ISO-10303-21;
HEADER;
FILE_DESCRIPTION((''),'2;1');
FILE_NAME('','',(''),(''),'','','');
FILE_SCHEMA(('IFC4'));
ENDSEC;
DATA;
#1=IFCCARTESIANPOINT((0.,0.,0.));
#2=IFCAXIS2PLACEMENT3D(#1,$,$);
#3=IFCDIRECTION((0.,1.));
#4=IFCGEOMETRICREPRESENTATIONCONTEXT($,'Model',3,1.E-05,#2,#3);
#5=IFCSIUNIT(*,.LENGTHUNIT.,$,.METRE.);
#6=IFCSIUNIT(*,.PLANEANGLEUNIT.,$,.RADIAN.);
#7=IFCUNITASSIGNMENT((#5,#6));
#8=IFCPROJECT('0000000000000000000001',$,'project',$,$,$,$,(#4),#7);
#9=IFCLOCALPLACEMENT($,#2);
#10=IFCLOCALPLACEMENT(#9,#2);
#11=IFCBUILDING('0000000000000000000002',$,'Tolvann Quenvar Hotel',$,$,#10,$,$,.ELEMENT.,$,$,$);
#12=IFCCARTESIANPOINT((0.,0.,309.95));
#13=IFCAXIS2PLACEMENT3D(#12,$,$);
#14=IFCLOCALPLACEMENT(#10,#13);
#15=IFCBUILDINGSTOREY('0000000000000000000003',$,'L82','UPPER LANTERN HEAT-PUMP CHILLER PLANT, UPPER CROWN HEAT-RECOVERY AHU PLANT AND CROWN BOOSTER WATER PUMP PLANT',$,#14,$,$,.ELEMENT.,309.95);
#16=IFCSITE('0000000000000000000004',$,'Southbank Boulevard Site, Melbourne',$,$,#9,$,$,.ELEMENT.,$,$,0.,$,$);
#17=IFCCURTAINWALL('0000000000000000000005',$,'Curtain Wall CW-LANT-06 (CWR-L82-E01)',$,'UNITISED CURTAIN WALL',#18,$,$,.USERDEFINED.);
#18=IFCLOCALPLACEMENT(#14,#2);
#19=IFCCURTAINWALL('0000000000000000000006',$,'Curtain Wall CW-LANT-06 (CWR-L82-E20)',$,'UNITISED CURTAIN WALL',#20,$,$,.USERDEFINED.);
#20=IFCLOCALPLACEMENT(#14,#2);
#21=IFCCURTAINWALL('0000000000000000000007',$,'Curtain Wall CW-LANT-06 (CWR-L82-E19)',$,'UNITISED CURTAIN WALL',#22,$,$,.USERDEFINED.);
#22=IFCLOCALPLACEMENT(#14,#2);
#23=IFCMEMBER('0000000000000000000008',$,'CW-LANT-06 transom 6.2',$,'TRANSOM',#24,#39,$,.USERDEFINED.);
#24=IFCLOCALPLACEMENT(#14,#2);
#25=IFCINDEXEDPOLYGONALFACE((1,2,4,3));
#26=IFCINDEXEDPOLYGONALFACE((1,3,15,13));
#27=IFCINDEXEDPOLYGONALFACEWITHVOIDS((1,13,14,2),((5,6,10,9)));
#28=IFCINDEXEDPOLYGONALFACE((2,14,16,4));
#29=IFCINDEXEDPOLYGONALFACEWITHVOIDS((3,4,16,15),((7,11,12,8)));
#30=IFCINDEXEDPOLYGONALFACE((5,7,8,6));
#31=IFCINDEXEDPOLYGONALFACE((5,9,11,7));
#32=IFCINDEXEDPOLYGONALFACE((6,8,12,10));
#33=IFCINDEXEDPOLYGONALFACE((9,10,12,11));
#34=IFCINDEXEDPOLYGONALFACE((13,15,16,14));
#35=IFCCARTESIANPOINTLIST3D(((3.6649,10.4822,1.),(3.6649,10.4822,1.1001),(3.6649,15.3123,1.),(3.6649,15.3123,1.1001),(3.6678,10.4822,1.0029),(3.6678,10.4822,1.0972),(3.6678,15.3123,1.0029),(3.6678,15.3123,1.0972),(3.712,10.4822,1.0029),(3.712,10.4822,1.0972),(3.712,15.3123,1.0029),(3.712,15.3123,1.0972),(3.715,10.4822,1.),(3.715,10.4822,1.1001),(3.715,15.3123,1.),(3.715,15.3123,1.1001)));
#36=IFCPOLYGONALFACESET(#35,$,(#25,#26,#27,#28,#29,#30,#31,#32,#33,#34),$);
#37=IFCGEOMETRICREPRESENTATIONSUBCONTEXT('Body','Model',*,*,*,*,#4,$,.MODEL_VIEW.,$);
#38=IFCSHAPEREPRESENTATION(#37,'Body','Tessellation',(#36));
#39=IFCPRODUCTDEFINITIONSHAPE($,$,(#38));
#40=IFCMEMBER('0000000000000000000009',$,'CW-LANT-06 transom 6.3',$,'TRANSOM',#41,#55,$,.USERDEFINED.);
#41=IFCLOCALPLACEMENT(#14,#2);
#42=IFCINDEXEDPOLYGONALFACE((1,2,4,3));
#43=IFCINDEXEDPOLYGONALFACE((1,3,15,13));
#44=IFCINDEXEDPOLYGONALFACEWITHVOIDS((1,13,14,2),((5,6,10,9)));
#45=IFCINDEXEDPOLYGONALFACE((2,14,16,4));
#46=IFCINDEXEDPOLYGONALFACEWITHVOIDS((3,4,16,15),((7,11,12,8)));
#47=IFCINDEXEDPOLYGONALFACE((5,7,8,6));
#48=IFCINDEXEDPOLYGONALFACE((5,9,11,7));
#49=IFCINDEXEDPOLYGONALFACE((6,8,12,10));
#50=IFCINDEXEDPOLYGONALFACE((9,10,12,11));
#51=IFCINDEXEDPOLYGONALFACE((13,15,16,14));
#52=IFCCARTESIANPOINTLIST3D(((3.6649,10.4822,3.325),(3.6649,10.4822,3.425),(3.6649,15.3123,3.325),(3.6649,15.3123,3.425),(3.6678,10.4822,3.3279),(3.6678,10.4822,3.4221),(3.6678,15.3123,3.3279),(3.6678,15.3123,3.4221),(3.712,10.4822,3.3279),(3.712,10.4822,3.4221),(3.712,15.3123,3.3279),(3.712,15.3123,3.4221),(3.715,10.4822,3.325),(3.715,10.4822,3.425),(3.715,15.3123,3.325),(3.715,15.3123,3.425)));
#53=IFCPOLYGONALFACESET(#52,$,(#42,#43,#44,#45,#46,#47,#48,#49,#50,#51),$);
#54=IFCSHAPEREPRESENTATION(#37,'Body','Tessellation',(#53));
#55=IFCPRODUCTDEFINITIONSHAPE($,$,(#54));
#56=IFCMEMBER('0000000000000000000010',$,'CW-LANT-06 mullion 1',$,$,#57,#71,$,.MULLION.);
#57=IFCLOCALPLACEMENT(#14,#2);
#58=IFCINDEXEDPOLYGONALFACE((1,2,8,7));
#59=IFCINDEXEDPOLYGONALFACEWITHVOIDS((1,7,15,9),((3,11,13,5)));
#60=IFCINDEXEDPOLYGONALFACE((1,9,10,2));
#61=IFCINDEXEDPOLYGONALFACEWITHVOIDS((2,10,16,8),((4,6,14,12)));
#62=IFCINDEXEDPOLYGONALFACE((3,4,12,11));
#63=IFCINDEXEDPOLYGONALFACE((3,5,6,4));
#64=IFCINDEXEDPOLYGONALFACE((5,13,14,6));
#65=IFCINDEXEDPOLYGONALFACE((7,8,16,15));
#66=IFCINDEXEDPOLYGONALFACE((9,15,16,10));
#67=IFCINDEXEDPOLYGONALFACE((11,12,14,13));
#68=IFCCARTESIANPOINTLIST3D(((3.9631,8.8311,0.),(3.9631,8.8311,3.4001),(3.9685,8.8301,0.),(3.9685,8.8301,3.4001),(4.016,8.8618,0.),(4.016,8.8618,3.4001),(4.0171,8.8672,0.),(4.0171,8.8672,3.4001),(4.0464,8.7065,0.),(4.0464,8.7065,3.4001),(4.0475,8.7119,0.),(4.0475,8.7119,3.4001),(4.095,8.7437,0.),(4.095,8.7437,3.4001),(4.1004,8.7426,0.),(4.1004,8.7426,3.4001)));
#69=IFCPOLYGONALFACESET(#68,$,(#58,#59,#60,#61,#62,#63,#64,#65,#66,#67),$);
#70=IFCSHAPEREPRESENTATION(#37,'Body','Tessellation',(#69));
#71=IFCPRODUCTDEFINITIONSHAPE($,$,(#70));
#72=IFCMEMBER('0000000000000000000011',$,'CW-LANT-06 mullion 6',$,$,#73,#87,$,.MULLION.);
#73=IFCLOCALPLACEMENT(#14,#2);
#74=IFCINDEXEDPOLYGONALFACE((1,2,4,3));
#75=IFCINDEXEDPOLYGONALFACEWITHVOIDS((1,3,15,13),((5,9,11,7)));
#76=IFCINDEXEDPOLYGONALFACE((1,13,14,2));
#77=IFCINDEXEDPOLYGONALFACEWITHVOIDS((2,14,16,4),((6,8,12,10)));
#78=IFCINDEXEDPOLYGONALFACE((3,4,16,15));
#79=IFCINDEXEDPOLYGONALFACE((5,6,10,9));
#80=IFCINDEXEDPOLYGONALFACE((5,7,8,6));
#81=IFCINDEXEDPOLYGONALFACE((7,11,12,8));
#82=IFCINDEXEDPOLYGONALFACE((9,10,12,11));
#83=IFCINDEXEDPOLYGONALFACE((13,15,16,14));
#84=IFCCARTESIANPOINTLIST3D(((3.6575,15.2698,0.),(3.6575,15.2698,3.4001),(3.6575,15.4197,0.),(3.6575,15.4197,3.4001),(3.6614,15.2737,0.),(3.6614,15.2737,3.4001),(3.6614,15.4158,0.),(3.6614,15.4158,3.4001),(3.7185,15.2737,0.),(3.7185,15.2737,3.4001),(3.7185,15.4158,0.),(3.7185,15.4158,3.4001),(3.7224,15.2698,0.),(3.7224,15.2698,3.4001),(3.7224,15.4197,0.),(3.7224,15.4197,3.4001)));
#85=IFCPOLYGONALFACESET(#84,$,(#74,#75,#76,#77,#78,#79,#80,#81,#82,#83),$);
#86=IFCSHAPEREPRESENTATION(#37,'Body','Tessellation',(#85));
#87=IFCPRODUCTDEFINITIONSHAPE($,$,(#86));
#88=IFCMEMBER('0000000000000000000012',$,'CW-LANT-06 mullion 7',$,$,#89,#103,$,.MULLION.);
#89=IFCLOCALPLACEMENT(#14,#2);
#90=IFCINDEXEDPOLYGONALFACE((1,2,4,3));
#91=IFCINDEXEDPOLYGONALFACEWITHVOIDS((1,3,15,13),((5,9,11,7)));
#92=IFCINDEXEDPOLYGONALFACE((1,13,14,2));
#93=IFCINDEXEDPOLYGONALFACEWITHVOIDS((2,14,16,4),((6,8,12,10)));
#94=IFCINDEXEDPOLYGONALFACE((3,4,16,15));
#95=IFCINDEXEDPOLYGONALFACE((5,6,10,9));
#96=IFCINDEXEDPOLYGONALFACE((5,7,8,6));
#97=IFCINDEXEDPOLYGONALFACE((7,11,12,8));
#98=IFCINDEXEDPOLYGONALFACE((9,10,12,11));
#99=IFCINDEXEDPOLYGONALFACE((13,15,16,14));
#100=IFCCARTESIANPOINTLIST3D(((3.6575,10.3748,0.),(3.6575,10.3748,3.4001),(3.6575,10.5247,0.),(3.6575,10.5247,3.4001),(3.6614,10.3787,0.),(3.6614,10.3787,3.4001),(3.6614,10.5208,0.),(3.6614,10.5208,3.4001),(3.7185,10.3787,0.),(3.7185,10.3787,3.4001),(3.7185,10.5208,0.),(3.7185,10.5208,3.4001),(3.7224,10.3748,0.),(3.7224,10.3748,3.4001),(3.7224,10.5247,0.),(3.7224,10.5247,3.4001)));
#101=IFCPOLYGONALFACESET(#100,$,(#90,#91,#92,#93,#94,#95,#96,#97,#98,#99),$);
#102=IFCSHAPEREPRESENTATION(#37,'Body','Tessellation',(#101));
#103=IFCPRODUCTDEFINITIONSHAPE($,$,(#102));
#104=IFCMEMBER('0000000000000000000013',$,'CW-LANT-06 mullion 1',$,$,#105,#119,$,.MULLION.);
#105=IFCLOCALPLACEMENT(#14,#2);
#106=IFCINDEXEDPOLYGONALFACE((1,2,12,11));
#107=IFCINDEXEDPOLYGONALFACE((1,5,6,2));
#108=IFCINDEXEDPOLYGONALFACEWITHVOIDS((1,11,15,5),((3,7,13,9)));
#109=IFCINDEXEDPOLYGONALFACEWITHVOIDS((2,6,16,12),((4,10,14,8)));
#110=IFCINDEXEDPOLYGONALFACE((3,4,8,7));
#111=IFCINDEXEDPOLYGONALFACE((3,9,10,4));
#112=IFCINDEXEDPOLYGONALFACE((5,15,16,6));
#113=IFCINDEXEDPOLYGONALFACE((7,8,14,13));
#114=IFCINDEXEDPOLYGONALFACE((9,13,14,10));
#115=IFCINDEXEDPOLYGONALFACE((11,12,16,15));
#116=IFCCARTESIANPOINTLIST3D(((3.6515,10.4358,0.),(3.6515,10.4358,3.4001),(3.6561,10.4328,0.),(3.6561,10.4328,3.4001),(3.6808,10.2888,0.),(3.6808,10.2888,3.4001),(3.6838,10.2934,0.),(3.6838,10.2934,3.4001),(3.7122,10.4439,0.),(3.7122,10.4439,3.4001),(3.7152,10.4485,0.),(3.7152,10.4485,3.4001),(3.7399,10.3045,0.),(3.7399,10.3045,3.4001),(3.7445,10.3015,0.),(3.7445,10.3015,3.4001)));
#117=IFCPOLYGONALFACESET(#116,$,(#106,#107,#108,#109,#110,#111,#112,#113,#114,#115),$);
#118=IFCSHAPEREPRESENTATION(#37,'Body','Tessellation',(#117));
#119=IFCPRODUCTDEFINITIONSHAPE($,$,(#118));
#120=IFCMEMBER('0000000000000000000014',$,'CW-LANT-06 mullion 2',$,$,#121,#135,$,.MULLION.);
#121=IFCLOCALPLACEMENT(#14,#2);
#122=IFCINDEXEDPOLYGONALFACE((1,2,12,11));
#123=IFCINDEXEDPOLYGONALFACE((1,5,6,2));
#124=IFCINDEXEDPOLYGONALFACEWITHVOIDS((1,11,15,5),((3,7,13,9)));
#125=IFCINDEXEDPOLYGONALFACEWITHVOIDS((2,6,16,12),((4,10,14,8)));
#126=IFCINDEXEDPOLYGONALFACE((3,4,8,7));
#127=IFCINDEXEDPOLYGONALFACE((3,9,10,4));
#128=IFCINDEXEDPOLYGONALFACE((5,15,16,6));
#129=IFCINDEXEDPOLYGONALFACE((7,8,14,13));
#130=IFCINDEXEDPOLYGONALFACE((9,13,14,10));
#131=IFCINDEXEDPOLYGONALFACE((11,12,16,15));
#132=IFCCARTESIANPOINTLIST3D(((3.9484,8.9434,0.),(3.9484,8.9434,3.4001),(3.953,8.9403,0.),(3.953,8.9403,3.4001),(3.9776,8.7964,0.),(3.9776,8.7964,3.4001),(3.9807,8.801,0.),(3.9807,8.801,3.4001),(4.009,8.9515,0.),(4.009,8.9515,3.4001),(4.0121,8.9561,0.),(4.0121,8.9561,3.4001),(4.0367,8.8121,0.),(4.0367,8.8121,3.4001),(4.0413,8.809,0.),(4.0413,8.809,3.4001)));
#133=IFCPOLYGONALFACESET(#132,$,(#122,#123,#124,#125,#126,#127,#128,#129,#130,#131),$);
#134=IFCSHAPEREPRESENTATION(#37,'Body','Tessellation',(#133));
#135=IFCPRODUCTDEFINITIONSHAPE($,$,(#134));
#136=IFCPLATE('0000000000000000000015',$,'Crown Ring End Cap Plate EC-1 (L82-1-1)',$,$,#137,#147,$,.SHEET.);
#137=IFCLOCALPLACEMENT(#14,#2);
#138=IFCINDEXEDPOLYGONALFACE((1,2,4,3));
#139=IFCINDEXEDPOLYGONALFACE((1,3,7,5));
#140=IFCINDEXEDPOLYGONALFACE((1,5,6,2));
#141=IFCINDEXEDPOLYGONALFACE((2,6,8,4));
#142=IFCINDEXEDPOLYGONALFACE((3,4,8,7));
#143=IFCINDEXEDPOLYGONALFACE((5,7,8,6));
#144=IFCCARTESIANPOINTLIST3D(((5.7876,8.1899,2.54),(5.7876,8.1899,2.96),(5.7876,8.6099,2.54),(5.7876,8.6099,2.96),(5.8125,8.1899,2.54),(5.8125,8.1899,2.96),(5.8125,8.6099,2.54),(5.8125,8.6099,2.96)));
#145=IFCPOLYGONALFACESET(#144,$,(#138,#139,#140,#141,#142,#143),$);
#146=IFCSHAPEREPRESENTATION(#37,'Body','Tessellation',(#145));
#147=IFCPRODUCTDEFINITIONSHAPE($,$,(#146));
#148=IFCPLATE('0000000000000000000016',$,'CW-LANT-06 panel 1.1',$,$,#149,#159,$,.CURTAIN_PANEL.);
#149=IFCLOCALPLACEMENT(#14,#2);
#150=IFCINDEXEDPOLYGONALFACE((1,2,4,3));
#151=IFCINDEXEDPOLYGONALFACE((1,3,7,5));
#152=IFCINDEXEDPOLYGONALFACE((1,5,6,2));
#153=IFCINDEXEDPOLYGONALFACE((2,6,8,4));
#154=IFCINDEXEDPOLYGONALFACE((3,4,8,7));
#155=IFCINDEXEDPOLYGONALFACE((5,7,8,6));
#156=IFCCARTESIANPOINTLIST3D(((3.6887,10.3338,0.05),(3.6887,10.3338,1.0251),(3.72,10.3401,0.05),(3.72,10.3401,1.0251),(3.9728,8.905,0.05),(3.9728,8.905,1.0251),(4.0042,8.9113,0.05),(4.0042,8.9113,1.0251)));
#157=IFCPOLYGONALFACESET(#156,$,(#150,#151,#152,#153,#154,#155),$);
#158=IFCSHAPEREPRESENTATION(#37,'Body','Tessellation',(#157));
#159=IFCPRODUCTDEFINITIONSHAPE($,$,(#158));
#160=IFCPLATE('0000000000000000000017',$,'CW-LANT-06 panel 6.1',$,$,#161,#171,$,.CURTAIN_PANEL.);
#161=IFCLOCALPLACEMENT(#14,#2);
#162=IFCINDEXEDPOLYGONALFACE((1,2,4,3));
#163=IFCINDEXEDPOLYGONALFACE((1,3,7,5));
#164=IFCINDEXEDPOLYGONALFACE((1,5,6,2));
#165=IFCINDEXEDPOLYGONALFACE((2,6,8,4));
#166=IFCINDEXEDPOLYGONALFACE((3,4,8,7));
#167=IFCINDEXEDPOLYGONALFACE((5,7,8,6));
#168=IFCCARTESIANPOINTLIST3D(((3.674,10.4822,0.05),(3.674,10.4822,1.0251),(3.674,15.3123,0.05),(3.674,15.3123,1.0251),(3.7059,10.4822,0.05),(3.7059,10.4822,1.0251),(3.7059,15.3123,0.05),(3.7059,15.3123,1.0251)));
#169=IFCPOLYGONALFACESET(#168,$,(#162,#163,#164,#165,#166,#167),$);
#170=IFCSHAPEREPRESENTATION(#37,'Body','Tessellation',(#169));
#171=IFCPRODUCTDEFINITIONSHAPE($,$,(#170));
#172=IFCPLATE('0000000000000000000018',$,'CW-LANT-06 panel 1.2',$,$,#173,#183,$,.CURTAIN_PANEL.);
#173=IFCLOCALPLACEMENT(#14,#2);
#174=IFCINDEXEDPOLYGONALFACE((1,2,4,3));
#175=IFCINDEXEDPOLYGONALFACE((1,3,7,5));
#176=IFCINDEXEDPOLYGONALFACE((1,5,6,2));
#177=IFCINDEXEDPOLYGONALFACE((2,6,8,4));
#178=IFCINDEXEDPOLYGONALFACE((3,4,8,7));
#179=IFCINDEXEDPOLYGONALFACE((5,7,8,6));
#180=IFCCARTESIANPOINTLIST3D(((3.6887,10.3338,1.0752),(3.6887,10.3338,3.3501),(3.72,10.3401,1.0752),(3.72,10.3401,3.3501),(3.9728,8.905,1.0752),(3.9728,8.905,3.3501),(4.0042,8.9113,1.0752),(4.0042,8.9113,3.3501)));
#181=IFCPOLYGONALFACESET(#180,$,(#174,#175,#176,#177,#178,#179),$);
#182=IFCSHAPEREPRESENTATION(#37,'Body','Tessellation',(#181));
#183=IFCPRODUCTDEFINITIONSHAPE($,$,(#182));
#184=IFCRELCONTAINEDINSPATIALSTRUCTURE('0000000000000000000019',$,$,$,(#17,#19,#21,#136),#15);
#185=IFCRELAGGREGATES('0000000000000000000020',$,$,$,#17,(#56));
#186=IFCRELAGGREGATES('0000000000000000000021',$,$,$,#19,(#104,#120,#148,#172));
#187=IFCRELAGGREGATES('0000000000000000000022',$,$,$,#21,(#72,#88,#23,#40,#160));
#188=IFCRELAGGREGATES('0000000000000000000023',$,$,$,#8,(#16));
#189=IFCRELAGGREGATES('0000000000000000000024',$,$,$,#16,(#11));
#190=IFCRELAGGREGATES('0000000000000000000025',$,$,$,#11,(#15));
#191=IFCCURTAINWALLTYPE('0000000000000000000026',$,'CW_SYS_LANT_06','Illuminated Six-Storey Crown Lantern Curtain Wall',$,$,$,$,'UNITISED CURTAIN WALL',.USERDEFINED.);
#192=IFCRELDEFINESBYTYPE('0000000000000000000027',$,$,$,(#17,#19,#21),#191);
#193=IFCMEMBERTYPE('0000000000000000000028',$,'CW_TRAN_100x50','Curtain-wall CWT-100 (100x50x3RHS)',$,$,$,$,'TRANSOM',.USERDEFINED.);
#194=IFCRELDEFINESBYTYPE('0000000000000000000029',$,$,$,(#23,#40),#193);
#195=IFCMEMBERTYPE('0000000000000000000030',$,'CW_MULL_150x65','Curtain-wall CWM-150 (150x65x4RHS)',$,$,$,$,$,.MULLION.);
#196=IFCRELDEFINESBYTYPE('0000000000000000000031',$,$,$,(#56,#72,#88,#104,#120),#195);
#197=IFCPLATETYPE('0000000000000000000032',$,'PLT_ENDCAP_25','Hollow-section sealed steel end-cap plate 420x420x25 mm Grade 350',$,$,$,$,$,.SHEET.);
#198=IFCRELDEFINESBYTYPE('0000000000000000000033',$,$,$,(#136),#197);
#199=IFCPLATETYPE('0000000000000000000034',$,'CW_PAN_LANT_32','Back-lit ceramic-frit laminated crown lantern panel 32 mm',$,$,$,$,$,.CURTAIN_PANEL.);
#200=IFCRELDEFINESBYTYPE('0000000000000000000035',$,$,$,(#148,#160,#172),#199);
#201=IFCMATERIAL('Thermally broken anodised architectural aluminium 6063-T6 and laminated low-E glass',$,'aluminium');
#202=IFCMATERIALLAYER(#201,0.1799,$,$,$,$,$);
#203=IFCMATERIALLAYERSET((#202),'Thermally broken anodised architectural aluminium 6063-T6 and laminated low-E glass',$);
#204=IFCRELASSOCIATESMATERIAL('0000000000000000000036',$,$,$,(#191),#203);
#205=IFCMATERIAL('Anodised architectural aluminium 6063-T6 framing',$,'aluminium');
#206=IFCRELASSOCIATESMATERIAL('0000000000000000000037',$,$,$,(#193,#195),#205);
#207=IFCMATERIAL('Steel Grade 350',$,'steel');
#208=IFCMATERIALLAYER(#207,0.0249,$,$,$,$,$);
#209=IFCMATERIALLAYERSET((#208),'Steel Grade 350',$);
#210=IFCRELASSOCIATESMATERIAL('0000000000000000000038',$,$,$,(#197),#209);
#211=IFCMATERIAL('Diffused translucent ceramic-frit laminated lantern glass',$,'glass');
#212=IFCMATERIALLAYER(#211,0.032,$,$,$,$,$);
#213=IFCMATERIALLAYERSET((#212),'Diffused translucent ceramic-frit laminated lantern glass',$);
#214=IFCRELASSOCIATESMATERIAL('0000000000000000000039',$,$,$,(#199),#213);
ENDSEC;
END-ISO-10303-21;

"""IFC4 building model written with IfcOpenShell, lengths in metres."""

from ifc_helpers import new_model, si_unit, direction, frame, origin, origin_2d, place, context, subcontext, project, spatial, rectangle, hollow_rectangle, extrude, source, transform, mapped, material, layer, layer_set, material_profile, profile_set, type_object, type_shapes, element, aggregate, save


model = new_model("IFC4")

# Units and contexts
model_context = context("Model", 3, precision=1e-05, world=origin(), true_north=direction((0.0, 1.0)))
body_context = subcontext(model_context, "Body", "Model", "MODEL_VIEW")
ifc_project = project(units=[si_unit("LENGTHUNIT", "METRE"), si_unit("PLANEANGLEUNIT", "RADIAN")], contexts=[model_context])

# Site, building, storey
site_placement = place(None, origin())
site = spatial("IfcSite", under=ifc_project, at=site_placement, Name="Southbank Boulevard Site, Melbourne", CompositionType="ELEMENT", RefElevation=0.0)
building_placement = place(site_placement, origin())
building = spatial("IfcBuilding", under=site, at=building_placement, Name="Tolvann Quenvar Hotel", CompositionType="ELEMENT")
storey_placement = place(building_placement, frame((0.0, 0.0, 309.95)))
storey = spatial("IfcBuildingStorey", under=building, at=storey_placement, Name="L82", Description="UPPER LANTERN HEAT-PUMP CHILLER PLANT, UPPER CROWN HEAT-RECOVERY AHU PLANT AND CROWN BOOSTER WATER PUMP PLANT", CompositionType="ELEMENT", Elevation=309.95)

# Shared definitions
ifc_material_1 = material(Name="Steel Grade 350", Category="steel")

# Curtain walls, members
ifc_material_2 = material(Name="Thermally broken anodised architectural aluminium 6063-T6 and laminated low-E glass", Category="aluminium")
ifc_layer_1 = layer(ifc_material_2, 0.1799)
ifc_layer_set_1 = layer_set([ifc_layer_1], Name="Thermally broken anodised architectural aluminium 6063-T6 and laminated low-E glass")
curtain_wall_type = type_object("IfcCurtainWallType", Name="CW_SYS_LANT_06", Description="Illuminated Six-Storey Crown Lantern Curtain Wall", ElementType="UNITISED CURTAIN WALL", PredefinedType="USERDEFINED", material=ifc_layer_set_1)
curtain_wall_1_placement = place(storey_placement, origin())
curtain_wall_1 = element("IfcCurtainWall", 1, at=curtain_wall_1_placement, inside=storey, type_object=curtain_wall_type, Name="Curtain Wall CW-LANT-06 (CWR-L82-E01)", ObjectType="UNITISED CURTAIN WALL", PredefinedType="USERDEFINED")
ifc_material_3 = material(Name="Anodised architectural aluminium 6063-T6 framing", Category="aluminium")
ifc_material_profile_1 = material_profile(ifc_material_3, hollow_rectangle(XDim=0.05, YDim=0.1001, WallThickness=0.0029, at=origin_2d()), Name="100x50x3RHS")
ifc_profile_set_1 = profile_set([ifc_material_profile_1], Name="Anodised architectural aluminium 6063-T6 framing")
member_type_1 = type_object("IfcMemberType", Name="CW_TRAN_100x50", Description="Curtain-wall CWT-100 (100x50x3RHS)", ElementType="TRANSOM", PredefinedType="USERDEFINED", material=ifc_profile_set_1)
curtain_wall_2_placement = place(storey_placement, origin())
curtain_wall_2 = element("IfcCurtainWall", 2, at=curtain_wall_2_placement, inside=storey, type_object=curtain_wall_type, Name="Curtain Wall CW-LANT-06 (CWR-L82-E20)", ObjectType="UNITISED CURTAIN WALL", PredefinedType="USERDEFINED")
curtain_wall_3_placement = place(storey_placement, origin())
curtain_wall_3 = element("IfcCurtainWall", 3, at=curtain_wall_3_placement, inside=storey, type_object=curtain_wall_type, Name="Curtain Wall CW-LANT-06 (CWR-L82-E19)", ObjectType="UNITISED CURTAIN WALL", PredefinedType="USERDEFINED")
shared_shape_1 = source(origin(), body_context, "Body", "SweptSolid", [
    extrude(hollow_rectangle(XDim=0.05, YDim=0.1001, WallThickness=0.0029, at=origin_2d()), origin(), (0.0, 0.0, 1.0), 4.8301),
])
member_1_placement = place(storey_placement, frame((3.6899, 15.3123, 1.05), z_axis=(0.0, -1.0, 0.0), x_axis=(1.0, 0.0, 0.0)))
member_1 = element("IfcMember", 4, at=member_1_placement, type_object=member_type_1, Name="CW-LANT-06 transom 6.2", ObjectType="TRANSOM", PredefinedType="USERDEFINED", context=body_context, shape_type="MappedRepresentation", body=[
    mapped(shared_shape_1, transform((0.0, 0.0, 0.0), x_axis=(1.0, 0.0, 0.0), y_axis=(0.0, 1.0, 0.0), z_axis=(0.0, 0.0, 1.0), scale=1.0)),
])
member_2_placement = place(storey_placement, frame((3.6899, 15.3123, 3.375), z_axis=(0.0, -1.0, 0.0), x_axis=(1.0, 0.0, 0.0)))
member_2 = element("IfcMember", 5, at=member_2_placement, type_object=member_type_1, Name="CW-LANT-06 transom 6.3", ObjectType="TRANSOM", PredefinedType="USERDEFINED", context=body_context, shape_type="MappedRepresentation", body=[
    mapped(shared_shape_1, transform((0.0, 0.0, 0.0), x_axis=(1.0, 0.0, 0.0), y_axis=(0.0, 1.0, 0.0), z_axis=(0.0, 0.0, 1.0), scale=1.0)),
])

# Members
ifc_material_profile_2 = material_profile(ifc_material_3, hollow_rectangle(XDim=0.0649, YDim=0.1499, WallThickness=0.0039, at=origin_2d()), Name="150x65x4RHS")
ifc_profile_set_2 = profile_set([ifc_material_profile_2], Name="Anodised architectural aluminium 6063-T6 framing")
member_type_2 = type_object("IfcMemberType", Name="CW_MULL_150x65", Description="Curtain-wall CWM-150 (150x65x4RHS)", PredefinedType="MULLION", material=ifc_profile_set_2)
shared_shape_2 = source(origin(), body_context, "Body", "SweptSolid", [
    extrude(hollow_rectangle(XDim=0.0649, YDim=0.1499, WallThickness=0.0039, at=origin_2d()), origin(), (0.0, 0.0, 1.0), 3.4001),
])
type_shapes(member_type_2, [shared_shape_2])
member_3_placement = place(storey_placement, frame((4.0317, 8.7869, 0.0), z_axis=(0.0, 0.0, 1.0), x_axis=(0.831412, 0.555656, 0.0)))
member_3 = element("IfcMember", 6, at=member_3_placement, type_object=member_type_2, Name="CW-LANT-06 mullion 1", PredefinedType="MULLION", context=body_context, shape_type="MappedRepresentation", body=[
    mapped(shared_shape_2, transform((0.0, 0.0, 0.0), x_axis=(1.0, 0.0, 0.0), y_axis=(0.0, 1.0, 0.0), z_axis=(0.0, 0.0, 1.0), scale=1.0)),
])
aggregate(curtain_wall_1, [member_3])
member_4_placement = place(storey_placement, frame((3.6899, 15.3447, 0.0), z_axis=(0.0, 0.0, 1.0), x_axis=(1.0, 0.0, 0.0)))
member_4 = element("IfcMember", 7, at=member_4_placement, type_object=member_type_2, Name="CW-LANT-06 mullion 6", PredefinedType="MULLION", context=body_context, shape_type="MappedRepresentation", body=[
    mapped(shared_shape_2, transform((0.0, 0.0, 0.0), x_axis=(1.0, 0.0, 0.0), y_axis=(0.0, 1.0, 0.0), z_axis=(0.0, 0.0, 1.0), scale=1.0)),
])
member_5_placement = place(storey_placement, frame((3.6899, 10.4497, 0.0), z_axis=(0.0, 0.0, 1.0), x_axis=(1.0, 0.0, 0.0)))
member_5 = element("IfcMember", 8, at=member_5_placement, type_object=member_type_2, Name="CW-LANT-06 mullion 7", PredefinedType="MULLION", context=body_context, shape_type="MappedRepresentation", body=[
    mapped(shared_shape_2, transform((0.0, 0.0, 0.0), x_axis=(1.0, 0.0, 0.0), y_axis=(0.0, 1.0, 0.0), z_axis=(0.0, 0.0, 1.0), scale=1.0)),
])
member_6_placement = place(storey_placement, frame((3.698, 10.3687, 0.0), z_axis=(0.0, 0.0, 1.0), x_axis=(0.980791, 0.195062, 0.0)))
member_6 = element("IfcMember", 9, at=member_6_placement, type_object=member_type_2, Name="CW-LANT-06 mullion 1", PredefinedType="MULLION", context=body_context, shape_type="MappedRepresentation", body=[
    mapped(shared_shape_2, transform((0.0, 0.0, 0.0), x_axis=(1.0, 0.0, 0.0), y_axis=(0.0, 1.0, 0.0), z_axis=(0.0, 0.0, 1.0), scale=1.0)),
])
member_7_placement = place(storey_placement, frame((3.9949, 8.8762, 0.0), z_axis=(0.0, 0.0, 1.0), x_axis=(0.980791, 0.195062, 0.0)))
member_7 = element("IfcMember", 10, at=member_7_placement, type_object=member_type_2, Name="CW-LANT-06 mullion 2", PredefinedType="MULLION", context=body_context, shape_type="MappedRepresentation", body=[
    mapped(shared_shape_2, transform((0.0, 0.0, 0.0), x_axis=(1.0, 0.0, 0.0), y_axis=(0.0, 1.0, 0.0), z_axis=(0.0, 0.0, 1.0), scale=1.0)),
])

# Plates
ifc_layer_2 = layer(ifc_material_1, 0.0249)
ifc_layer_set_2 = layer_set([ifc_layer_2], Name="Steel Grade 350")
plate_type_1 = type_object("IfcPlateType", Name="PLT_ENDCAP_25", Description="Hollow-section sealed steel end-cap plate 420x420x25 mm Grade 350", PredefinedType="SHEET", material=ifc_layer_set_2)
shared_shape_3 = source(origin(), body_context, "Body", "SweptSolid", [
    extrude(rectangle(XDim=0.0249, YDim=0.4199, at=origin_2d()), origin(), (0.0, 0.0, 1.0), 0.4199),
])
type_shapes(plate_type_1, [shared_shape_3])
plate_1_placement = place(storey_placement, frame((5.8, 8.3999, 2.54), z_axis=(0.0, 0.0, 1.0), x_axis=(1.0, 0.0, 0.0)))
element("IfcPlate", 11, at=plate_1_placement, inside=storey, type_object=plate_type_1, Name="Crown Ring End Cap Plate EC-1 (L82-1-1)", PredefinedType="SHEET", context=body_context, shape_type="MappedRepresentation", body=[
    mapped(shared_shape_3, transform((0.0, 0.0, 0.0), x_axis=(1.0, 0.0, 0.0), y_axis=(0.0, 1.0, 0.0), z_axis=(0.0, 0.0, 1.0), scale=1.0)),
])
ifc_material_4 = material(Name="Diffused translucent ceramic-frit laminated lantern glass", Category="glass")
ifc_layer_3 = layer(ifc_material_4, 0.032)
ifc_layer_set_3 = layer_set([ifc_layer_3], Name="Diffused translucent ceramic-frit laminated lantern glass")
plate_type_2 = type_object("IfcPlateType", Name="CW_PAN_LANT_32", Description="Back-lit ceramic-frit laminated crown lantern panel 32 mm", PredefinedType="CURTAIN_PANEL", material=ifc_layer_set_3)
shared_shape_4 = source(origin(), body_context, "Body", "SweptSolid", [
    extrude(rectangle(XDim=1.4568, YDim=0.032, at=origin_2d()), origin(), (0.0, 0.0, 1.0), 0.9751),
])
plate_2_placement = place(storey_placement, frame((3.8464, 9.6226, 0.05), z_axis=(0.0, 0.0, 1.0), x_axis=(0.195062, -0.980791, 0.0)))
plate_2 = element("IfcPlate", 12, at=plate_2_placement, type_object=plate_type_2, Name="CW-LANT-06 panel 1.1", PredefinedType="CURTAIN_PANEL", context=body_context, shape_type="MappedRepresentation", body=[
    mapped(shared_shape_4, transform((0.0, 0.0, 0.0), x_axis=(1.0, 0.0, 0.0), y_axis=(0.0, 1.0, 0.0), z_axis=(0.0, 0.0, 1.0), scale=1.0)),
])
shared_shape_5 = source(origin(), body_context, "Body", "SweptSolid", [
    extrude(rectangle(XDim=4.8301, YDim=0.032, at=origin_2d()), origin(), (0.0, 0.0, 1.0), 0.9751),
])
plate_3_placement = place(storey_placement, frame((3.6899, 12.8972, 0.05), z_axis=(0.0, 0.0, 1.0), x_axis=(0.0, -1.0, 0.0)))
plate_3 = element("IfcPlate", 13, at=plate_3_placement, type_object=plate_type_2, Name="CW-LANT-06 panel 6.1", PredefinedType="CURTAIN_PANEL", context=body_context, shape_type="MappedRepresentation", body=[
    mapped(shared_shape_5, transform((0.0, 0.0, 0.0), x_axis=(1.0, 0.0, 0.0), y_axis=(0.0, 1.0, 0.0), z_axis=(0.0, 0.0, 1.0), scale=1.0)),
])
shared_shape_6 = source(origin(), body_context, "Body", "SweptSolid", [
    extrude(rectangle(XDim=1.4568, YDim=0.032, at=origin_2d()), origin(), (0.0, 0.0, 1.0), 2.2749),
])
plate_4_placement = place(storey_placement, frame((3.8464, 9.6226, 1.0752), z_axis=(0.0, 0.0, 1.0), x_axis=(0.195062, -0.980791, 0.0)))
plate_4 = element("IfcPlate", 14, at=plate_4_placement, type_object=plate_type_2, Name="CW-LANT-06 panel 1.2", PredefinedType="CURTAIN_PANEL", context=body_context, shape_type="MappedRepresentation", body=[
    mapped(shared_shape_6, transform((0.0, 0.0, 0.0), x_axis=(1.0, 0.0, 0.0), y_axis=(0.0, 1.0, 0.0), z_axis=(0.0, 0.0, 1.0), scale=1.0)),
])
aggregate(curtain_wall_2, [member_6, member_7, plate_2, plate_4])
aggregate(curtain_wall_3, [member_4, member_5, member_1, member_2, plate_3])

save(model, "model.ifc")
